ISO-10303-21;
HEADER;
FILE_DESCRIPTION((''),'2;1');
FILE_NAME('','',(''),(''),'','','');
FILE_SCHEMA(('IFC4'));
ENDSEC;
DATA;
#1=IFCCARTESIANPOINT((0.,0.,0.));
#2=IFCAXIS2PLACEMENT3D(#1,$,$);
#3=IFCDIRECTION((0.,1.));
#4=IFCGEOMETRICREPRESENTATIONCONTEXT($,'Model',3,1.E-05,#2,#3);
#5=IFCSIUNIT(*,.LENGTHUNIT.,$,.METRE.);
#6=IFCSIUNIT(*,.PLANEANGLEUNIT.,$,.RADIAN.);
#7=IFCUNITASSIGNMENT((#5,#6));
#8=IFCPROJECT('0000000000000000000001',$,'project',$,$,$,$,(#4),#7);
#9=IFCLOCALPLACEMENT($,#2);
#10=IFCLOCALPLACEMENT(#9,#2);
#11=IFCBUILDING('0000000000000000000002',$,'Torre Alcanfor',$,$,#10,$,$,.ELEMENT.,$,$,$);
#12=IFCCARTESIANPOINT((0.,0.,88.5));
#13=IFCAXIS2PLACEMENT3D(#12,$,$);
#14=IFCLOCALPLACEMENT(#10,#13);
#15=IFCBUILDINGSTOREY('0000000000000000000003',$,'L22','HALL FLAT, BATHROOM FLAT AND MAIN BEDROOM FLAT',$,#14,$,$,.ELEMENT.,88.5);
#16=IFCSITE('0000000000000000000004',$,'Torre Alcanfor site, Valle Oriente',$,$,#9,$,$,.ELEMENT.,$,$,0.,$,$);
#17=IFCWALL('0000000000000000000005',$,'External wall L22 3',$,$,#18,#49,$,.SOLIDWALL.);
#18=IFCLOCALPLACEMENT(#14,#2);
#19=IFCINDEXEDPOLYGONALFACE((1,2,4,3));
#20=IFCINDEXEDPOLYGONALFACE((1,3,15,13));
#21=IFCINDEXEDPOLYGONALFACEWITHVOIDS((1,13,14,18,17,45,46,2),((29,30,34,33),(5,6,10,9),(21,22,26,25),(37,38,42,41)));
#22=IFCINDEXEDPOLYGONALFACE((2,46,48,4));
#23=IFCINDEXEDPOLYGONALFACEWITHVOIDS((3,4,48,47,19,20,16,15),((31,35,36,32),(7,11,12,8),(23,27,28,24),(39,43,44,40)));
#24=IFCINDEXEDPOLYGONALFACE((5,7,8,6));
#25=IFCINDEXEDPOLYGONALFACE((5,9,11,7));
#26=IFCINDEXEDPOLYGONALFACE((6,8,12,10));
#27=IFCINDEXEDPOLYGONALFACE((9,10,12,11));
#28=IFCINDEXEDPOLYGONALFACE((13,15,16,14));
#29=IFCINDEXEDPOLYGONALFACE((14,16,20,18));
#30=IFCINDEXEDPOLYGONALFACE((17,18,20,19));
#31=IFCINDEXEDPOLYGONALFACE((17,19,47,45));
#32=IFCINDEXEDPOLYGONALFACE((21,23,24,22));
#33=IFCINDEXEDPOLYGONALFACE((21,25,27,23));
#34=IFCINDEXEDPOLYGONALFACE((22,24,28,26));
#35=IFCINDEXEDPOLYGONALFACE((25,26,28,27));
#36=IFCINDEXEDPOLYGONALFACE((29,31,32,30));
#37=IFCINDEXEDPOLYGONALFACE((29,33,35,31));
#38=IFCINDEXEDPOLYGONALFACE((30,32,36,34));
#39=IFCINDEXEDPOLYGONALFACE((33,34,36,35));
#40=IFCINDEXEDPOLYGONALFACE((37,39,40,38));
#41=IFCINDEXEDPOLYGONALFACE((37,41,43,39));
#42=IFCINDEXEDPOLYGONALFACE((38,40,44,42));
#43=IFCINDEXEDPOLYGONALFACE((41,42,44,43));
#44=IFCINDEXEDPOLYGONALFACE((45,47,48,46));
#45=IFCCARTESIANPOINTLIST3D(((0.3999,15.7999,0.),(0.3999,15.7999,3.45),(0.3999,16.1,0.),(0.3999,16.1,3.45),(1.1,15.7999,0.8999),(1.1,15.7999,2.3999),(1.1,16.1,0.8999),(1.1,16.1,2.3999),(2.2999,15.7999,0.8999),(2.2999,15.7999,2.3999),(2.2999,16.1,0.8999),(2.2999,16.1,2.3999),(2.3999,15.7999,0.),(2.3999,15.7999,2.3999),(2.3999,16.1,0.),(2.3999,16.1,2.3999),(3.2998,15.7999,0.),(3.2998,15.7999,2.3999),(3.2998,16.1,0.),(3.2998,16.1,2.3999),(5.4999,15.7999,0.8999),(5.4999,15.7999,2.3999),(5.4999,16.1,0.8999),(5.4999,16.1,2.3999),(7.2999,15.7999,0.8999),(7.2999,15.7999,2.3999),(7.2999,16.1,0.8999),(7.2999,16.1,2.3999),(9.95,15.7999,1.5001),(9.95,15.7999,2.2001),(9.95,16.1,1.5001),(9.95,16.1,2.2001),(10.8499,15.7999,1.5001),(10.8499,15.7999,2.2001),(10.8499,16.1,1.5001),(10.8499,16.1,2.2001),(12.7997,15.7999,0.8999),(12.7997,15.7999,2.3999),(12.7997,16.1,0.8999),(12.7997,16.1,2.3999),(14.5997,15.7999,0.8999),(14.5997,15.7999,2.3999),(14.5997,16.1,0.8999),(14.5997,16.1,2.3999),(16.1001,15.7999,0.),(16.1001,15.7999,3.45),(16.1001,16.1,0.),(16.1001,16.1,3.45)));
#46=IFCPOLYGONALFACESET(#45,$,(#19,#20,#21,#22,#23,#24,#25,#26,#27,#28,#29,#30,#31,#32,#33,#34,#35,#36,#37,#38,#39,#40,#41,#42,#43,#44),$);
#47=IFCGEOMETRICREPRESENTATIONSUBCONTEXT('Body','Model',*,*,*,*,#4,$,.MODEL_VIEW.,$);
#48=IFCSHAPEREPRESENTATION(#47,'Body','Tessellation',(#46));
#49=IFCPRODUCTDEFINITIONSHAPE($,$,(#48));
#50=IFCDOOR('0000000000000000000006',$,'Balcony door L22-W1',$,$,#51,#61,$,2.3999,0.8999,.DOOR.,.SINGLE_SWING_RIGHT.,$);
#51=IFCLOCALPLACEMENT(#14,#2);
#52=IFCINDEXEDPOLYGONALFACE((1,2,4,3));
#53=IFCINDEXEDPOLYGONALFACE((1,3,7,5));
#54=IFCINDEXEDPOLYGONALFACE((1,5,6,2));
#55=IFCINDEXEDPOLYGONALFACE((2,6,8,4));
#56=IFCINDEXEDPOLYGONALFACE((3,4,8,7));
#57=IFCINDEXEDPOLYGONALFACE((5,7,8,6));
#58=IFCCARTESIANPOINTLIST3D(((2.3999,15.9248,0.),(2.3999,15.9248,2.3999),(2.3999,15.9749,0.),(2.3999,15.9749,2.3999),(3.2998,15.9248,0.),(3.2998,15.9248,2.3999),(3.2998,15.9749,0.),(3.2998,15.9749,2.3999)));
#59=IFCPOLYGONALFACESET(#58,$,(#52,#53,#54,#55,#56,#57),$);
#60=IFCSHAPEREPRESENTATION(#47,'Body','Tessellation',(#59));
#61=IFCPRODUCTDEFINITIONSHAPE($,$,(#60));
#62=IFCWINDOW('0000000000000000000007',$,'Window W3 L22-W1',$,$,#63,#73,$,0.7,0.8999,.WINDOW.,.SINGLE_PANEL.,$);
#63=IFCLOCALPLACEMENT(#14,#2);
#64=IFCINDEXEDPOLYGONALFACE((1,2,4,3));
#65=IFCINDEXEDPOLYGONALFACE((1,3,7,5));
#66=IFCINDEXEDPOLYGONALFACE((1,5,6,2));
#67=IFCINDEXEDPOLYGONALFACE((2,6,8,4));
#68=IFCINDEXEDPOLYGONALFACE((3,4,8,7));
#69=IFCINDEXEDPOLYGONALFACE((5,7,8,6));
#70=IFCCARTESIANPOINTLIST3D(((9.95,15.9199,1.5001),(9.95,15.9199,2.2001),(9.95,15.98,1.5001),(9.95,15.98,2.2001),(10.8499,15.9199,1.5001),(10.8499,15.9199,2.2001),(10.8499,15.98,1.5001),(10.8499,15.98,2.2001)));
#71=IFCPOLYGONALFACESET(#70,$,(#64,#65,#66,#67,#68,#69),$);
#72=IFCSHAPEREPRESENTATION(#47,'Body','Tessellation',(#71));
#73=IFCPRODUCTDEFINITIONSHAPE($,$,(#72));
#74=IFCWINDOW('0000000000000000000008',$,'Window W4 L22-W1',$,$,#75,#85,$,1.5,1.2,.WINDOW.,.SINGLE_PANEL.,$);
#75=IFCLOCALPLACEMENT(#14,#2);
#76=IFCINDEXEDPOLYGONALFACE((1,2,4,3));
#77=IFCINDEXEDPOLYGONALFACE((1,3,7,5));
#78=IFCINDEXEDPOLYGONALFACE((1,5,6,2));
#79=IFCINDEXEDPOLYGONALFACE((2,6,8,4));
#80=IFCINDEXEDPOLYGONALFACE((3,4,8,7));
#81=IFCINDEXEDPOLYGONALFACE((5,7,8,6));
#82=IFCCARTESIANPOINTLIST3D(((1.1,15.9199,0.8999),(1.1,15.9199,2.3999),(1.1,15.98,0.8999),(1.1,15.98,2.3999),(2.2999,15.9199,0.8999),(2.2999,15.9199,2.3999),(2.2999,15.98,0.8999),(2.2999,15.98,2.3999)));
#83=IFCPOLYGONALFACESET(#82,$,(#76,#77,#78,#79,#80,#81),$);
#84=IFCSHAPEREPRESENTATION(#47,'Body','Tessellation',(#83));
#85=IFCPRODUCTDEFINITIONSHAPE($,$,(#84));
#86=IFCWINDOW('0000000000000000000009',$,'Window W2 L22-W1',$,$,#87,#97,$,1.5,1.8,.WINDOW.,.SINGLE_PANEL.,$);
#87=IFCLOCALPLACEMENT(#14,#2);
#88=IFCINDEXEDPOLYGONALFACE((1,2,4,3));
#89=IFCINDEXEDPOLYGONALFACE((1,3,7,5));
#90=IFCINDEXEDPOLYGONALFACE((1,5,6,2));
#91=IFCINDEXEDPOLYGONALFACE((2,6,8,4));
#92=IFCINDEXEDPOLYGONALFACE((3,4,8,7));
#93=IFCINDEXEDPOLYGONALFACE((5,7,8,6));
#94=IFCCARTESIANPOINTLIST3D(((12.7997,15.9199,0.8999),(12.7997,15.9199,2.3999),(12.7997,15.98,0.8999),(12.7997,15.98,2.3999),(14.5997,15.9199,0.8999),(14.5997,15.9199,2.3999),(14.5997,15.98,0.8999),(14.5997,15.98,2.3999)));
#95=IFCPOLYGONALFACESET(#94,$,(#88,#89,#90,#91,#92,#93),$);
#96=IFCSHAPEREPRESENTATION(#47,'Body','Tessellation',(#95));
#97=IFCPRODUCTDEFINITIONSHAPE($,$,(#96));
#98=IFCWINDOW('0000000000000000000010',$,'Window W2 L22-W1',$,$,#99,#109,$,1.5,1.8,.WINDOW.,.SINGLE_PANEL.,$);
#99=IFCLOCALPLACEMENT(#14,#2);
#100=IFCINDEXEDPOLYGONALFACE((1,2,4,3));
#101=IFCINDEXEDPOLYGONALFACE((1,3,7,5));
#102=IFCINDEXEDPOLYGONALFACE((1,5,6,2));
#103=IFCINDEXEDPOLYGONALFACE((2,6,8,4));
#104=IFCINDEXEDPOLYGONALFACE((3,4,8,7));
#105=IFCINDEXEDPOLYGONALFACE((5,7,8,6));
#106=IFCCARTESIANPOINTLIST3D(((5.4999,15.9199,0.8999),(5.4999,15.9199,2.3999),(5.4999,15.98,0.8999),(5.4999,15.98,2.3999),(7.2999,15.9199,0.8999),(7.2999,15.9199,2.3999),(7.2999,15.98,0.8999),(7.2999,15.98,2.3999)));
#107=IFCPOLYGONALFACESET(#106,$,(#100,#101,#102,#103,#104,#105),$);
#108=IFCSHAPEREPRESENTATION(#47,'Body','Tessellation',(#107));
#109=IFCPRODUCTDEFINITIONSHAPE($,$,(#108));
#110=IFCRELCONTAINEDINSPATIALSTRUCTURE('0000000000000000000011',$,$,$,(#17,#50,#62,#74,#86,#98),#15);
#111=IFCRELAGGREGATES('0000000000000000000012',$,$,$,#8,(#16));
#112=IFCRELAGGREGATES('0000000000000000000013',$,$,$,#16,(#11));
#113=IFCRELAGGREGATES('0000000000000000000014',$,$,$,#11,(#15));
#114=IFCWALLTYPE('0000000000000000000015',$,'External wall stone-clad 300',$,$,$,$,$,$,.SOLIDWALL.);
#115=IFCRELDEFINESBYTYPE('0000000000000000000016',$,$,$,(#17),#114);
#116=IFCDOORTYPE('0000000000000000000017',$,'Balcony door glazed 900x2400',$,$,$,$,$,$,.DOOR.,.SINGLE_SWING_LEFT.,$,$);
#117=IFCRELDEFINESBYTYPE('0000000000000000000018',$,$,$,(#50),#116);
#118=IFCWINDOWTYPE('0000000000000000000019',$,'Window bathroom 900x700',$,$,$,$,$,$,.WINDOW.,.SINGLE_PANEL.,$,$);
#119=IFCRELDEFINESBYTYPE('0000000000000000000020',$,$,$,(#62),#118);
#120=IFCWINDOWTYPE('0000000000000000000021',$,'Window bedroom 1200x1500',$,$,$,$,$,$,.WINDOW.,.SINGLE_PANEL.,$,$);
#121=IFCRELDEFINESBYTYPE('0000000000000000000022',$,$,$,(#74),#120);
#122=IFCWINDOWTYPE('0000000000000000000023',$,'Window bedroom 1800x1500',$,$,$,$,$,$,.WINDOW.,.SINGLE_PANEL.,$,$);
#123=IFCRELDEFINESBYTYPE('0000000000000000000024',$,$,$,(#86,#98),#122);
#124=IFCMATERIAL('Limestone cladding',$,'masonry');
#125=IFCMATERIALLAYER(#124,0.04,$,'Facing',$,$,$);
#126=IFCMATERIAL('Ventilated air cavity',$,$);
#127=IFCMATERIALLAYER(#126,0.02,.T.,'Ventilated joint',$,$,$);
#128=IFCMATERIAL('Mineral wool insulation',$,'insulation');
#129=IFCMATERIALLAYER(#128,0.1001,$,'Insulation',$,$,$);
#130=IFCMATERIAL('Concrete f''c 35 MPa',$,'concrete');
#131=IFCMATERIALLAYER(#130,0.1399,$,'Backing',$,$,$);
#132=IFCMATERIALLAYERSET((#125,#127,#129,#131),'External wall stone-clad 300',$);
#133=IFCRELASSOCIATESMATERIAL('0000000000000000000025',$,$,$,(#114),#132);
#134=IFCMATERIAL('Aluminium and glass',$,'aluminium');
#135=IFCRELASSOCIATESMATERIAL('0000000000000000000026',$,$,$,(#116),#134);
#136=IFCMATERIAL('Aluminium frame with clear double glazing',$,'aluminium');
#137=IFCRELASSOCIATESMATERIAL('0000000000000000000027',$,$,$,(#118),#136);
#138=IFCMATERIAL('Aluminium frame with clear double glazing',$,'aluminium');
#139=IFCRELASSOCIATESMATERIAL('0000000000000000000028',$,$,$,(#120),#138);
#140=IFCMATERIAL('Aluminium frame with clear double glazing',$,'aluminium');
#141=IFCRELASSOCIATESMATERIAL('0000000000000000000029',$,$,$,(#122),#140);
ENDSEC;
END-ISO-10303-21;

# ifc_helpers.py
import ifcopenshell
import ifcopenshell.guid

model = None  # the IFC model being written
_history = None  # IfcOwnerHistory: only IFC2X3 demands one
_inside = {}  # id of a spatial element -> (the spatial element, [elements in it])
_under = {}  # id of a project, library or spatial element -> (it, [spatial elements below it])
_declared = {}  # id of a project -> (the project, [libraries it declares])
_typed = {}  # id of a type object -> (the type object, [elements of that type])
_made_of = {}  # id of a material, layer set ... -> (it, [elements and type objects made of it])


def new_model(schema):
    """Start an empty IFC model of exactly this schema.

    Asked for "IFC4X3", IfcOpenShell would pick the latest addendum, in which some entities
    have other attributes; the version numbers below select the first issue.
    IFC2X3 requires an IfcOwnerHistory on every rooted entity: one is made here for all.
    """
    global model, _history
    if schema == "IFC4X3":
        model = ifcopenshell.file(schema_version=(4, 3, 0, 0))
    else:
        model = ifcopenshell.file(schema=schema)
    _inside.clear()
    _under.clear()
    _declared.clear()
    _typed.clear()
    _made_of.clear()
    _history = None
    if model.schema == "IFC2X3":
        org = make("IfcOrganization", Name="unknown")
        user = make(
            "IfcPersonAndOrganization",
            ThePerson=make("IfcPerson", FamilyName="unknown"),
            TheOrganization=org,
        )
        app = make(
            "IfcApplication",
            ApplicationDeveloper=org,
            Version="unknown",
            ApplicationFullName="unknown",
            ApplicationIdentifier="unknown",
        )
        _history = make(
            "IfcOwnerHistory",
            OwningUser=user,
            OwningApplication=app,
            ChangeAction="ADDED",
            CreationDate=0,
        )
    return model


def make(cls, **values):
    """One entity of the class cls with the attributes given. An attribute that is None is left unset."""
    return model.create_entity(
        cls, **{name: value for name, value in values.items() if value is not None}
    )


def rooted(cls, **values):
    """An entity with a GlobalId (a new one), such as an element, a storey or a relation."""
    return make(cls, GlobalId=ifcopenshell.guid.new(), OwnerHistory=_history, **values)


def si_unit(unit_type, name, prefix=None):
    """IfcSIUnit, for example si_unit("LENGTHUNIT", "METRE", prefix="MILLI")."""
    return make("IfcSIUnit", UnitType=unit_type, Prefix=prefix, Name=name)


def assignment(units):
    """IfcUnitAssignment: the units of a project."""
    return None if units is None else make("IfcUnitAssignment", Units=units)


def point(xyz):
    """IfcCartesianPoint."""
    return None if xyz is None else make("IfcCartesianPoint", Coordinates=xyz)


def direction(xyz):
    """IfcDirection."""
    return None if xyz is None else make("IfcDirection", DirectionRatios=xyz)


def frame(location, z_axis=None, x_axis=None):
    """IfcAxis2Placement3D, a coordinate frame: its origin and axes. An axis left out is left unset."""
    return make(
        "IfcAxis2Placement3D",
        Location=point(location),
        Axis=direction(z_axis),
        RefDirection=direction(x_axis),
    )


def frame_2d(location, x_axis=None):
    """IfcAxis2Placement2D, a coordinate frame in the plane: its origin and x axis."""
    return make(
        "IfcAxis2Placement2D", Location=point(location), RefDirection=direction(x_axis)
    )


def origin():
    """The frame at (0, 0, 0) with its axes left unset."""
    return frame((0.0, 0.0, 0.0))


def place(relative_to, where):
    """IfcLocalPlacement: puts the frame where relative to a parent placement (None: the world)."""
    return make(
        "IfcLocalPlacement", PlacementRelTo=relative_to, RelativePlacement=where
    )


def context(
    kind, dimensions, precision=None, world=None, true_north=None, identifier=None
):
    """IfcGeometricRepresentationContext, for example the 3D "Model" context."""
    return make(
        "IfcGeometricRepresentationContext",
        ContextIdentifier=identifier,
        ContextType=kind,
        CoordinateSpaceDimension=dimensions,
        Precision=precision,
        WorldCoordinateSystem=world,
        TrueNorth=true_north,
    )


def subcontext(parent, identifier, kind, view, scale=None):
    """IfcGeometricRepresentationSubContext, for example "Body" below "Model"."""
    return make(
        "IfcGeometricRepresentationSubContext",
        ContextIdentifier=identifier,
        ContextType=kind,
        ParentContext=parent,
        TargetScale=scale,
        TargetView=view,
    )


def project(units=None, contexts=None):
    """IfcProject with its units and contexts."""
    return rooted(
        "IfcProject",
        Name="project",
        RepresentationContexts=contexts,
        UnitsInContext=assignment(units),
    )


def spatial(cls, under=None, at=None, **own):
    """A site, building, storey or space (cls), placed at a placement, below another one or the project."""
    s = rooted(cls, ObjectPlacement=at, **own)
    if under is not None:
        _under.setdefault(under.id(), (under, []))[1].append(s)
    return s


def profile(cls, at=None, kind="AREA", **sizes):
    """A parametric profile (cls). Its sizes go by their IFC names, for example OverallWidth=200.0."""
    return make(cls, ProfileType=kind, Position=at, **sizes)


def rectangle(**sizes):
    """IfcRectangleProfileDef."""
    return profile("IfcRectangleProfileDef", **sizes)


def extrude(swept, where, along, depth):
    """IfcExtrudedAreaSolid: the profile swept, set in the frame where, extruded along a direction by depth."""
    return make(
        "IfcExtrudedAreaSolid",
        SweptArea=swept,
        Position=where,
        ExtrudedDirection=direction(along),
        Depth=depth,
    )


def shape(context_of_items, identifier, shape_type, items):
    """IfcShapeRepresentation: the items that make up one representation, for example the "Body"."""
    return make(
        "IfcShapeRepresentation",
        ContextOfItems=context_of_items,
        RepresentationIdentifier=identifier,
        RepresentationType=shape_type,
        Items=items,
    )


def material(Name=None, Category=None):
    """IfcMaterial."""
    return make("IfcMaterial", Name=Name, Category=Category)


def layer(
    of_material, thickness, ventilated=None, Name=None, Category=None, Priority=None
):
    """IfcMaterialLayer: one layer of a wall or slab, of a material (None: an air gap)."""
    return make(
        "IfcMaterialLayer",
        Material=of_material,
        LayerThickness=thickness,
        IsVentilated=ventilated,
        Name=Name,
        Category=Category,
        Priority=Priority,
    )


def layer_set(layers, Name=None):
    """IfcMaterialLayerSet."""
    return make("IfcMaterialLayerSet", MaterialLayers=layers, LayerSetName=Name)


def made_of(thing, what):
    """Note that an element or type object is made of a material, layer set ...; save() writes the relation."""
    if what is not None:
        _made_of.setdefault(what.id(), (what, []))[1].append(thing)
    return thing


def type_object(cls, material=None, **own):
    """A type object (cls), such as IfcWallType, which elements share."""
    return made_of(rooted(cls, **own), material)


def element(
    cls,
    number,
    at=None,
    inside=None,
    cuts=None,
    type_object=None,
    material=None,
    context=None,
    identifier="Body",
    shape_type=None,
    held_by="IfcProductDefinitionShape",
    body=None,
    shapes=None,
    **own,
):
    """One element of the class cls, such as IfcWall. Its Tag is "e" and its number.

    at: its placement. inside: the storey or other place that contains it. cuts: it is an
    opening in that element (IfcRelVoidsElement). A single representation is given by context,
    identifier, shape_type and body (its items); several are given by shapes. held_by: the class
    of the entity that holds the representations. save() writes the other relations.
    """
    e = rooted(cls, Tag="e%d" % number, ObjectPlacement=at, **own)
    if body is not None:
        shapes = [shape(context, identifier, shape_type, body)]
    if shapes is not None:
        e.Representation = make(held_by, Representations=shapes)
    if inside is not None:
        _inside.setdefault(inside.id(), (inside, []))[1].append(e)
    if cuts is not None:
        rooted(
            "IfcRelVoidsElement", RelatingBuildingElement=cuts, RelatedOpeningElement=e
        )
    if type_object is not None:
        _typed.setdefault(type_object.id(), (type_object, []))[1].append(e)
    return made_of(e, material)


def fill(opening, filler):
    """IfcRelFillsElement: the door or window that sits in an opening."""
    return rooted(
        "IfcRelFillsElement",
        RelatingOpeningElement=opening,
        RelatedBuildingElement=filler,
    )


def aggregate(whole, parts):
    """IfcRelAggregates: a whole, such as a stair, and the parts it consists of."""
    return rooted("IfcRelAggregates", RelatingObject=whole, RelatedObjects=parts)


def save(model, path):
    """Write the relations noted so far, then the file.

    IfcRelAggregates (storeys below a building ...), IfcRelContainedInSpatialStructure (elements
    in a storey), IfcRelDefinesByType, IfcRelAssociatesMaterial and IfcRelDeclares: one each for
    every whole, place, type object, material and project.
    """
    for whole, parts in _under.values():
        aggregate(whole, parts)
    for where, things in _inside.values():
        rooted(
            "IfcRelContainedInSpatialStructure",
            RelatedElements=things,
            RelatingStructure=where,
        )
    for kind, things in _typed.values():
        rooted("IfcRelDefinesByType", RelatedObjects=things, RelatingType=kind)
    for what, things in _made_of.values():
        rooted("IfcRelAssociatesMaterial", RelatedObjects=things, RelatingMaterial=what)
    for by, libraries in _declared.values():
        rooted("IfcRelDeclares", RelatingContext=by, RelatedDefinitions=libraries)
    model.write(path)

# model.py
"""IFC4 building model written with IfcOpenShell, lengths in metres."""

from ifc_helpers import new_model, si_unit, direction, frame, frame_2d, origin, place, context, subcontext, project, spatial, rectangle, extrude, material, layer, layer_set, type_object, element, fill, save


model = new_model("IFC4")

# Units and contexts
model_context = context("Model", 3, precision=1e-05, world=origin(), true_north=direction((0.0, 1.0)))
body_context = subcontext(model_context, "Body", "Model", "MODEL_VIEW")
ifc_project = project(units=[si_unit("LENGTHUNIT", "METRE"), si_unit("PLANEANGLEUNIT", "RADIAN")], contexts=[model_context])

# Site, building, storey
site_placement = place(None, origin())
site = spatial("IfcSite", under=ifc_project, at=site_placement, Name="Torre Alcanfor site, Valle Oriente", CompositionType="ELEMENT", RefElevation=0.0)
building_placement = place(site_placement, origin())
building = spatial("IfcBuilding", under=site, at=building_placement, Name="Torre Alcanfor", CompositionType="ELEMENT")
storey_placement = place(building_placement, frame((0.0, 0.0, 88.5)))
storey = spatial("IfcBuildingStorey", under=building, at=storey_placement, Name="L22", Description="HALL FLAT, BATHROOM FLAT AND MAIN BEDROOM FLAT", CompositionType="ELEMENT", Elevation=88.5)

# Wall, openings, door, windows
ifc_material_1 = material(Name="Limestone cladding", Category="masonry")
ifc_layer_1 = layer(ifc_material_1, 0.04, Name="Facing")
ifc_material_2 = material(Name="Ventilated air cavity")
ifc_layer_2 = layer(ifc_material_2, 0.02, ventilated=True, Name="Ventilated joint")
ifc_material_3 = material(Name="Mineral wool insulation", Category="insulation")
ifc_layer_3 = layer(ifc_material_3, 0.1001, Name="Insulation")
ifc_material_4 = material(Name="Concrete f'c 35 MPa", Category="concrete")
ifc_layer_4 = layer(ifc_material_4, 0.1399, Name="Backing")
ifc_layer_set_1 = layer_set([ifc_layer_1, ifc_layer_2, ifc_layer_3, ifc_layer_4], Name="External wall stone-clad 300")
wall_type_1 = type_object("IfcWallType", Name="External wall stone-clad 300", PredefinedType="SOLIDWALL", material=ifc_layer_set_1)
wall_1_placement = place(storey_placement, frame((0.3999, 15.95, 0.0), z_axis=(0.0, 0.0, 1.0), x_axis=(1.0, 0.0, 0.0)))
wall_1 = element("IfcWall", 1, at=wall_1_placement, inside=storey, type_object=wall_type_1, Name="External wall L22 3", PredefinedType="SOLIDWALL", context=body_context, shape_type="SweptSolid", body=[
    extrude(rectangle(XDim=15.7002, YDim=0.3, at=frame_2d((7.8501, 0.0))), origin(), (0.0, 0.0, 1.0), 3.45),
])
opening_1_placement = place(wall_1_placement, frame((12.3999, 0.0, 0.8999)))
opening_1 = element("IfcOpeningElement", 2, at=opening_1_placement, cuts=wall_1, PredefinedType="OPENING", context=body_context, shape_type="SweptSolid", body=[
    extrude(rectangle(XDim=1.8, YDim=1.5, at=frame_2d((0.8999, 0.75))), frame((0.0, 0.1599, 0.0), z_axis=(0.0, -1.0, 0.0), x_axis=(1.0, 0.0, 0.0)), (0.0, 0.0, 1.0), 0.3201),
])
opening_2_placement = place(wall_1_placement, frame((9.55, 0.0, 1.5)))
opening_2 = element("IfcOpeningElement", 3, at=opening_2_placement, cuts=wall_1, PredefinedType="OPENING", context=body_context, shape_type="SweptSolid", body=[
    extrude(rectangle(XDim=0.8999, YDim=0.7, at=frame_2d((0.45, 0.3501))), frame((0.0, 0.1599, 0.0), z_axis=(0.0, -1.0, 0.0), x_axis=(1.0, 0.0, 0.0)), (0.0, 0.0, 1.0), 0.3201),
])
opening_3_placement = place(wall_1_placement, frame((5.1001, 0.0, 0.8999)))
opening_3 = element("IfcOpeningElement", 4, at=opening_3_placement, cuts=wall_1, PredefinedType="OPENING", context=body_context, shape_type="SweptSolid", body=[
    extrude(rectangle(XDim=1.8, YDim=1.5, at=frame_2d((0.8999, 0.75))), frame((0.0, 0.1599, 0.0), z_axis=(0.0, -1.0, 0.0), x_axis=(1.0, 0.0, 0.0)), (0.0, 0.0, 1.0), 0.3201),
])
opening_4_placement = place(wall_1_placement, frame((2.0, 0.0, 0.0)))
opening_4 = element("IfcOpeningElement", 5, at=opening_4_placement, cuts=wall_1, PredefinedType="OPENING", context=body_context, shape_type="SweptSolid", body=[
    extrude(rectangle(XDim=0.8999, YDim=2.3999, at=frame_2d((0.45, 1.2))), frame((0.0, 0.1599, 0.0), z_axis=(0.0, -1.0, 0.0), x_axis=(1.0, 0.0, 0.0)), (0.0, 0.0, 1.0), 0.3201),
])
opening_5_placement = place(wall_1_placement, frame((0.7, 0.0, 0.8999)))
opening_5 = element("IfcOpeningElement", 6, at=opening_5_placement, cuts=wall_1, PredefinedType="OPENING", context=body_context, shape_type="SweptSolid", body=[
    extrude(rectangle(XDim=1.2, YDim=1.5, at=frame_2d((0.6001, 0.75))), frame((0.0, 0.1599, 0.0), z_axis=(0.0, -1.0, 0.0), x_axis=(1.0, 0.0, 0.0)), (0.0, 0.0, 1.0), 0.3201),
])
ifc_material_5 = material(Name="Aluminium and glass", Category="aluminium")
door_type = type_object("IfcDoorType", Name="Balcony door glazed 900x2400", OperationType="SINGLE_SWING_LEFT", PredefinedType="DOOR", material=ifc_material_5)
door_1_placement = place(opening_4_placement, origin())
door_1 = element("IfcDoor", 7, at=door_1_placement, inside=storey, type_object=door_type, Name="Balcony door L22-W1", OperationType="SINGLE_SWING_RIGHT", OverallHeight=2.3999, OverallWidth=0.8999, PredefinedType="DOOR", context=body_context, shape_type="SweptSolid", body=[
    extrude(rectangle(XDim=0.8999, YDim=2.3999, at=frame_2d((0.45, 1.2))), frame((0.0, 0.0249, 0.0), z_axis=(0.0, -1.0, 0.0), x_axis=(1.0, 0.0, 0.0)), (0.0, 0.0, 1.0), 0.05),
])
fill(opening_4, door_1)
ifc_material_6 = material(Name="Aluminium frame with clear double glazing", Category="aluminium")
window_type_1 = type_object("IfcWindowType", Name="Window bathroom 900x700", PartitioningType="SINGLE_PANEL", PredefinedType="WINDOW", material=ifc_material_6)
window_1_placement = place(opening_2_placement, origin())
window_1 = element("IfcWindow", 8, at=window_1_placement, inside=storey, type_object=window_type_1, Name="Window W3 L22-W1", OverallHeight=0.7, OverallWidth=0.8999, PartitioningType="SINGLE_PANEL", PredefinedType="WINDOW", context=body_context, shape_type="SweptSolid", body=[
    extrude(rectangle(XDim=0.8999, YDim=0.7, at=frame_2d((0.45, 0.3501))), frame((0.0, 0.03, 0.0), z_axis=(0.0, -1.0, 0.0), x_axis=(1.0, 0.0, 0.0)), (0.0, 0.0, 1.0), 0.0601),
])
fill(opening_2, window_1)
ifc_material_7 = material(Name="Aluminium frame with clear double glazing", Category="aluminium")
window_type_2 = type_object("IfcWindowType", Name="Window bedroom 1200x1500", PartitioningType="SINGLE_PANEL", PredefinedType="WINDOW", material=ifc_material_7)
window_2_placement = place(opening_5_placement, origin())
window_2 = element("IfcWindow", 9, at=window_2_placement, inside=storey, type_object=window_type_2, Name="Window W4 L22-W1", OverallHeight=1.5, OverallWidth=1.2, PartitioningType="SINGLE_PANEL", PredefinedType="WINDOW", context=body_context, shape_type="SweptSolid", body=[
    extrude(rectangle(XDim=1.2, YDim=1.5, at=frame_2d((0.6001, 0.75))), frame((0.0, 0.03, 0.0), z_axis=(0.0, -1.0, 0.0), x_axis=(1.0, 0.0, 0.0)), (0.0, 0.0, 1.0), 0.0601),
])
fill(opening_5, window_2)
ifc_material_8 = material(Name="Aluminium frame with clear double glazing", Category="aluminium")
window_type_3 = type_object("IfcWindowType", Name="Window bedroom 1800x1500", PartitioningType="SINGLE_PANEL", PredefinedType="WINDOW", material=ifc_material_8)
window_3_placement = place(opening_1_placement, origin())
window_3 = element("IfcWindow", 10, at=window_3_placement, inside=storey, type_object=window_type_3, Name="Window W2 L22-W1", OverallHeight=1.5, OverallWidth=1.8, PartitioningType="SINGLE_PANEL", PredefinedType="WINDOW", context=body_context, shape_type="SweptSolid", body=[
    extrude(rectangle(XDim=1.8, YDim=1.5, at=frame_2d((0.8999, 0.75))), frame((0.0, 0.03, 0.0), z_axis=(0.0, -1.0, 0.0), x_axis=(1.0, 0.0, 0.0)), (0.0, 0.0, 1.0), 0.0601),
])
fill(opening_1, window_3)
window_4_placement = place(opening_3_placement, origin())
window_4 = element("IfcWindow", 11, at=window_4_placement, inside=storey, type_object=window_type_3, Name="Window W2 L22-W1", OverallHeight=1.5, OverallWidth=1.8, PartitioningType="SINGLE_PANEL", PredefinedType="WINDOW", context=body_context, shape_type="SweptSolid", body=[
    extrude(rectangle(XDim=1.8, YDim=1.5, at=frame_2d((0.8999, 0.75))), frame((0.0, 0.03, 0.0), z_axis=(0.0, -1.0, 0.0), x_axis=(1.0, 0.0, 0.0)), (0.0, 0.0, 1.0), 0.0601),
])
fill(opening_3, window_4)

save(model, "model.ifc")
